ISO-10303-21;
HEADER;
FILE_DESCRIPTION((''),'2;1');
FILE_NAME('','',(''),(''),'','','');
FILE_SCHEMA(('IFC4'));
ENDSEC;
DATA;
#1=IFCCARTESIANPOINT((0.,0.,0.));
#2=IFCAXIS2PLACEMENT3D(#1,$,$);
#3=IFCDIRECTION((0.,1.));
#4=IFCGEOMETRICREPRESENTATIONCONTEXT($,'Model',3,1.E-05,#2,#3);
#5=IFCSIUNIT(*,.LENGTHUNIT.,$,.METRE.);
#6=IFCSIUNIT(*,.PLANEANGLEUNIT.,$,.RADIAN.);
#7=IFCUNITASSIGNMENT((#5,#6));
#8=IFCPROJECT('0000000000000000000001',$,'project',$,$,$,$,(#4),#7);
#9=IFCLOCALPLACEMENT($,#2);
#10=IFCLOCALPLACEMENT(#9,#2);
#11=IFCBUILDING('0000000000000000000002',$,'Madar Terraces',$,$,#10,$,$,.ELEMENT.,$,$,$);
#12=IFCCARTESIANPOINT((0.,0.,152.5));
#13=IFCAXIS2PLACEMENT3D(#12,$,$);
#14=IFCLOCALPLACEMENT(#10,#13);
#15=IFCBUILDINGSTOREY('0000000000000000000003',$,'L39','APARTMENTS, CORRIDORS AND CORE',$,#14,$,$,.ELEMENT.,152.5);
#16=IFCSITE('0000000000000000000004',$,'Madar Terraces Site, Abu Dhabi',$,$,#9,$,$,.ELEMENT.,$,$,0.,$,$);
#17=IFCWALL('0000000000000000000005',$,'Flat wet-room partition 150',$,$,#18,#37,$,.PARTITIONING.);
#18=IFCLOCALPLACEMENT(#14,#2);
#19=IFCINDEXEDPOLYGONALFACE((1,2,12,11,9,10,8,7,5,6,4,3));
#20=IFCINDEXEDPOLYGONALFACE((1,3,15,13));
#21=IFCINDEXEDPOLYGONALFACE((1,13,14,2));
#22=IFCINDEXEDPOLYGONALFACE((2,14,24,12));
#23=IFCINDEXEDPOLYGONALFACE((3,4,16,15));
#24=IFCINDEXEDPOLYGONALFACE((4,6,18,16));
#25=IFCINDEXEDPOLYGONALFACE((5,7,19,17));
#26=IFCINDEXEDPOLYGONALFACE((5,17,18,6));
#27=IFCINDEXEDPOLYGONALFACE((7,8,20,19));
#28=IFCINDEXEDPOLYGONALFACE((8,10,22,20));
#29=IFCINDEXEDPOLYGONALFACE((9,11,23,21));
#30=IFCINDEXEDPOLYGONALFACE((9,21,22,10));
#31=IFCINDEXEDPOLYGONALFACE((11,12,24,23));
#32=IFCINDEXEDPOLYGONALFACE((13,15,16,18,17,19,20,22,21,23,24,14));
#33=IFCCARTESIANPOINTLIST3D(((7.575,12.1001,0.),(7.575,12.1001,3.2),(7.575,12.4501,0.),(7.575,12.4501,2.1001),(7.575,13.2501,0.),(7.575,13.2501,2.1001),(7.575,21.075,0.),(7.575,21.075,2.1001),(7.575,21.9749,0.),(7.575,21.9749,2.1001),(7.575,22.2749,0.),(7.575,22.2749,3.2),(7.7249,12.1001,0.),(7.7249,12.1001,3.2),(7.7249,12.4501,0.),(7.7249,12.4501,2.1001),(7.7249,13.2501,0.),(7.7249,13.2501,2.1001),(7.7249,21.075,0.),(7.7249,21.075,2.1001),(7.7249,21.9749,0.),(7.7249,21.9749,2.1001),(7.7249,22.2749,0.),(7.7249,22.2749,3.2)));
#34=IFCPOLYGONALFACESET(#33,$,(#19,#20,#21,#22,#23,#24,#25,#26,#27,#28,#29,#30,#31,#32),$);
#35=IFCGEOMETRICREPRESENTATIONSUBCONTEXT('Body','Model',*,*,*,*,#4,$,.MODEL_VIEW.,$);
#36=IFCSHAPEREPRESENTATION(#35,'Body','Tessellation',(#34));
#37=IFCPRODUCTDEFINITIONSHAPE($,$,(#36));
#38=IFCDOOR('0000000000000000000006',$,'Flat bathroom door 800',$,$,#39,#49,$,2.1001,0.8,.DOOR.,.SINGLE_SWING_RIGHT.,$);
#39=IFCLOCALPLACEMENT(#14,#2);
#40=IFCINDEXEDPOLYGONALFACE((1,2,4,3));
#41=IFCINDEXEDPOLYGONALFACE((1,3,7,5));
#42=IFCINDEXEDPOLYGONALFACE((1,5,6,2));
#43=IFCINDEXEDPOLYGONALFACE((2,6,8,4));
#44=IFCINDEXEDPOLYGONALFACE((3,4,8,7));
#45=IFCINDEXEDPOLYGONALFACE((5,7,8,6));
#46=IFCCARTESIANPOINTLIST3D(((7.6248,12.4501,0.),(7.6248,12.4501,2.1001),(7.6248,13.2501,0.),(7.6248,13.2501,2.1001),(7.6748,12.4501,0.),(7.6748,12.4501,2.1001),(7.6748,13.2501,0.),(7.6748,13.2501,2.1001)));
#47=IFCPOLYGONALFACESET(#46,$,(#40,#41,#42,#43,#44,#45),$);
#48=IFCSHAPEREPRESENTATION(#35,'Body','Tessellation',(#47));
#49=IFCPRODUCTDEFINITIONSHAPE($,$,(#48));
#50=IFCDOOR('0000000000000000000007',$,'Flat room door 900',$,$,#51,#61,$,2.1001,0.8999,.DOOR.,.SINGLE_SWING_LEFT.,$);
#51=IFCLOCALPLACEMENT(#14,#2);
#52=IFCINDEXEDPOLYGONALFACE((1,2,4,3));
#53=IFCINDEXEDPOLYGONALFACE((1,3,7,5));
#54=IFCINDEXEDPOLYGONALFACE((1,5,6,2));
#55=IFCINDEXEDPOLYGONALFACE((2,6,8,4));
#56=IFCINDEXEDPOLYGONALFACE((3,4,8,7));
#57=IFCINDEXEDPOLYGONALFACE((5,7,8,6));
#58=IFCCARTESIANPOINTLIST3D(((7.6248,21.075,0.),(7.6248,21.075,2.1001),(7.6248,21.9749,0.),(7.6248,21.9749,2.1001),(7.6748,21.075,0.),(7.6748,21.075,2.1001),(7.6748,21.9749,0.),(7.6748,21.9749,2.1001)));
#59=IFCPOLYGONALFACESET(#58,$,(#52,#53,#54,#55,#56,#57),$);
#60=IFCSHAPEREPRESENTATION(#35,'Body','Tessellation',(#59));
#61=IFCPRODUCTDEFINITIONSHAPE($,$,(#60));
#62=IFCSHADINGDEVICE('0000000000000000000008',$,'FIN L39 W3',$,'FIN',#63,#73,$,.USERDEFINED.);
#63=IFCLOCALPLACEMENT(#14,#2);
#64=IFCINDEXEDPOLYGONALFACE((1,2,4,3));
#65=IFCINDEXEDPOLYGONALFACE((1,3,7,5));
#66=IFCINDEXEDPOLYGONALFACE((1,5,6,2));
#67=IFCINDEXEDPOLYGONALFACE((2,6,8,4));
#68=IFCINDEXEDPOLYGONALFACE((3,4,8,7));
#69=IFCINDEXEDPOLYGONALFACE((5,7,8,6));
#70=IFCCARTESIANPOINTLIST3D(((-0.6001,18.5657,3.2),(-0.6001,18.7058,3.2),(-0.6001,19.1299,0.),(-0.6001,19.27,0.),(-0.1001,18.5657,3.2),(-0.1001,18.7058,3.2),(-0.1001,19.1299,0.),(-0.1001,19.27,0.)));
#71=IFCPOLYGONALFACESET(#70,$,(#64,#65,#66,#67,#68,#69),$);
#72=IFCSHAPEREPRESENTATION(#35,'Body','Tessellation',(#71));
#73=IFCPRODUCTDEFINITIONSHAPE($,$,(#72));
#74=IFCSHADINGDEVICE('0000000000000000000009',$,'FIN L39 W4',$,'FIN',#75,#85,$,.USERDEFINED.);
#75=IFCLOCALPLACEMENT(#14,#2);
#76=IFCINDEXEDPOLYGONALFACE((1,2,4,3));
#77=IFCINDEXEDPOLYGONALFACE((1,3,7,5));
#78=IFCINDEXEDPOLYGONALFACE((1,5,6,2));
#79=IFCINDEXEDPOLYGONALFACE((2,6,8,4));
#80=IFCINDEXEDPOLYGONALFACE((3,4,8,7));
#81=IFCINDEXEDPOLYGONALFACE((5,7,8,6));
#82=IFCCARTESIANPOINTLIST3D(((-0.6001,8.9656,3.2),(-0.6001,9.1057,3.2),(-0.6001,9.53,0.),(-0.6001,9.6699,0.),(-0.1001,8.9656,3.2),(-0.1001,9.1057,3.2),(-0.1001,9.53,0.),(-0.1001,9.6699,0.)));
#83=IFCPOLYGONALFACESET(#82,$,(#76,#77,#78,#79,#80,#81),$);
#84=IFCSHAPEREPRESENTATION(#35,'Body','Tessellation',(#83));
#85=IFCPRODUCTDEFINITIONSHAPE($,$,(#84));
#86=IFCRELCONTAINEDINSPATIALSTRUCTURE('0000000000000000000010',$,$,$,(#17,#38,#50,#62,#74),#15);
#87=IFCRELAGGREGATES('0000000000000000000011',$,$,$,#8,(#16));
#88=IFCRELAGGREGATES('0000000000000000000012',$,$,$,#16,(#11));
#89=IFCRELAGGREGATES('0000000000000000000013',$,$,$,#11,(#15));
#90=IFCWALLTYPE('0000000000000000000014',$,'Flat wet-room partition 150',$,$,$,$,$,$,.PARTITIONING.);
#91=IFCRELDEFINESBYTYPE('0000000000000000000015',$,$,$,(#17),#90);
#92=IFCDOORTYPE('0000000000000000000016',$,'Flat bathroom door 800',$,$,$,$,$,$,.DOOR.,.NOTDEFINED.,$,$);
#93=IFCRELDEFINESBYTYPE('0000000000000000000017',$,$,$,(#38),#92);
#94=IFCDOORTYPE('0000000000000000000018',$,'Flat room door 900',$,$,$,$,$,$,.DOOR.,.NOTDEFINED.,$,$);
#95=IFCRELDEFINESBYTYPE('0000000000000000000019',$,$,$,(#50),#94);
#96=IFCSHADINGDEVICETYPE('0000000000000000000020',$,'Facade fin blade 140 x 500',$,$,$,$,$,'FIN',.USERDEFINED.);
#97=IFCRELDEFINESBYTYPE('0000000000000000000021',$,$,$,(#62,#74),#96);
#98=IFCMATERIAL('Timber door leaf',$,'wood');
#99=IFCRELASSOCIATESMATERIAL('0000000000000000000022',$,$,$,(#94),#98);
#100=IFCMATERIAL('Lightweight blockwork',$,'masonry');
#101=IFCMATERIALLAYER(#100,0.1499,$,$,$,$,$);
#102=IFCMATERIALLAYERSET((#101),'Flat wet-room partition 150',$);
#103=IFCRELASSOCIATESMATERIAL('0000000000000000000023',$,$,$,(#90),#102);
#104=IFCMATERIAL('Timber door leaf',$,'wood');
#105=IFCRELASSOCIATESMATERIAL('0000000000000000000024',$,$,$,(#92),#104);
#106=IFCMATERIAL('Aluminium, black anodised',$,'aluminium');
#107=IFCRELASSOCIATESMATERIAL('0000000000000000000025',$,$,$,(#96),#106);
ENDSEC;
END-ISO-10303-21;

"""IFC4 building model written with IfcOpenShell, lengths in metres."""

from ifc_helpers import new_model, si_unit, direction, frame, frame_2d, origin, place, context, subcontext, project, spatial, polyline, rectangle, outline, extrude, material, layer, layer_set, type_object, element, fill, save


model = new_model("IFC4")

# Units and contexts
model_context = context("Model", 3, precision=1e-05, world=origin(), true_north=direction((0.0, 1.0)))
body_context = subcontext(model_context, "Body", "Model", "MODEL_VIEW")
ifc_project = project(units=[si_unit("LENGTHUNIT", "METRE"), si_unit("PLANEANGLEUNIT", "RADIAN")], contexts=[model_context])

# Site, building, storey
site_placement = place(None, origin())
site = spatial("IfcSite", under=ifc_project, at=site_placement, Name="Madar Terraces Site, Abu Dhabi", CompositionType="ELEMENT", RefElevation=0.0)
building_placement = place(site_placement, origin())
building = spatial("IfcBuilding", under=site, at=building_placement, Name="Madar Terraces", CompositionType="ELEMENT")
storey_placement = place(building_placement, frame((0.0, 0.0, 152.5)))
storey = spatial("IfcBuildingStorey", under=building, at=storey_placement, Name="L39", Description="APARTMENTS, CORRIDORS AND CORE", CompositionType="ELEMENT", Elevation=152.5)

# Shared definitions
ifc_material_1 = material(Name="Timber door leaf", Category="wood")
door_type_1 = type_object("IfcDoorType", Name="Flat room door 900", OperationType="NOTDEFINED", PredefinedType="DOOR", material=ifc_material_1)

# Shared definitions
ifc_material_2 = material(Name="Lightweight blockwork", Category="masonry")
ifc_layer_1 = layer(ifc_material_2, 0.1499)
ifc_layer_set_1 = layer_set([ifc_layer_1], Name="Flat wet-room partition 150")
wall_type_1 = type_object("IfcWallType", Name="Flat wet-room partition 150", PredefinedType="PARTITIONING", material=ifc_layer_set_1)

# Shared definitions
ifc_material_3 = material(Name="Timber door leaf", Category="wood")
door_type_2 = type_object("IfcDoorType", Name="Flat bathroom door 800", OperationType="NOTDEFINED", PredefinedType="DOOR", material=ifc_material_3)

# Wall, openings, doors
wall_1_placement = place(storey_placement, frame((7.6499, 22.2749, 0.0), z_axis=(0.0, 0.0, 1.0), x_axis=(0.0, -1.0, 0.0)))
wall_1 = element("IfcWall", 1, at=wall_1_placement, inside=storey, type_object=wall_type_1, Name="Flat wet-room partition 150", PredefinedType="PARTITIONING", context=body_context, shape_type="SweptSolid", body=[
    extrude(rectangle(XDim=10.1748, YDim=0.1499, at=frame_2d((5.0874, 0.0))), origin(), (0.0, 0.0, 1.0), 3.2),
])
opening_1_placement = place(wall_1_placement, frame((0.3, 0.0, 0.0)))
opening_1 = element("IfcOpeningElement", 2, at=opening_1_placement, cuts=wall_1, PredefinedType="OPENING", context=body_context, shape_type="SweptSolid", body=[
    extrude(rectangle(XDim=0.8999, YDim=2.1001, at=frame_2d((0.45, 1.05))), frame((0.0, 0.085, 0.0), z_axis=(0.0, -1.0, 0.0), x_axis=(1.0, 0.0, 0.0)), (0.0, 0.0, 1.0), 0.1699),
])
opening_2_placement = place(wall_1_placement, frame((9.0249, 0.0, 0.0)))
opening_2 = element("IfcOpeningElement", 3, at=opening_2_placement, cuts=wall_1, PredefinedType="OPENING", context=body_context, shape_type="SweptSolid", body=[
    extrude(rectangle(XDim=0.8, YDim=2.1001, at=frame_2d((0.3999, 1.05))), frame((0.0, 0.085, 0.0), z_axis=(0.0, -1.0, 0.0), x_axis=(1.0, 0.0, 0.0)), (0.0, 0.0, 1.0), 0.1699),
])
door_1_placement = place(opening_2_placement, origin())
door_1 = element("IfcDoor", 4, at=door_1_placement, inside=storey, type_object=door_type_2, Name="Flat bathroom door 800", OperationType="SINGLE_SWING_RIGHT", OverallHeight=2.1001, OverallWidth=0.8, PredefinedType="DOOR", context=body_context, shape_type="SweptSolid", body=[
    extrude(rectangle(XDim=0.8, YDim=2.1001, at=frame_2d((0.3999, 1.05))), frame((0.0, 0.0249, 0.0), z_axis=(0.0, -1.0, 0.0), x_axis=(1.0, 0.0, 0.0)), (0.0, 0.0, 1.0), 0.05),
])
fill(opening_2, door_1)
door_2_placement = place(opening_1_placement, origin())
door_2 = element("IfcDoor", 5, at=door_2_placement, inside=storey, type_object=door_type_1, Name="Flat room door 900", OperationType="SINGLE_SWING_LEFT", OverallHeight=2.1001, OverallWidth=0.8999, PredefinedType="DOOR", context=body_context, shape_type="SweptSolid", body=[
    extrude(rectangle(XDim=0.8999, YDim=2.1001, at=frame_2d((0.45, 1.05))), frame((0.0, 0.0249, 0.0), z_axis=(0.0, -1.0, 0.0), x_axis=(1.0, 0.0, 0.0)), (0.0, 0.0, 1.0), 0.05),
])
fill(opening_1, door_2)

# Shading devices
ifc_material_4 = material(Name="Aluminium, black anodised", Category="aluminium")
shading_device_type = type_object("IfcShadingDeviceType", Name="Facade fin blade 140 x 500", ElementType="FIN", PredefinedType="USERDEFINED", material=ifc_material_4)
shading_device_1_placement = place(storey_placement, frame((-0.3501, 19.27, 0.0), z_axis=(0.0, 0.0, 1.0), x_axis=(0.0, -1.0, 0.0)))
element("IfcShadingDevice", 6, at=shading_device_1_placement, inside=storey, type_object=shading_device_type, Name="FIN L39 W3", ObjectType="FIN", PredefinedType="USERDEFINED", context=body_context, shape_type="SweptSolid", body=[
    extrude(outline(polyline([(0.0, 0.0), (0.1401, 0.0), (0.7043, 3.2), (0.5642, 3.2), (0.0, 0.0)])), frame((0.0, 0.25, 0.0), z_axis=(0.0, -1.0, 0.0), x_axis=(1.0, 0.0, 0.0)), (0.0, 0.0, 1.0), 0.5),
])
shading_device_2_placement = place(storey_placement, frame((-0.3501, 9.6699, 0.0), z_axis=(0.0, 0.0, 1.0), x_axis=(0.0, -1.0, 0.0)))
element("IfcShadingDevice", 7, at=shading_device_2_placement, inside=storey, type_object=shading_device_type, Name="FIN L39 W4", ObjectType="FIN", PredefinedType="USERDEFINED", context=body_context, shape_type="SweptSolid", body=[
    extrude(outline(polyline([(0.0, 0.0), (0.1399, 0.0), (0.7043, 3.2), (0.5642, 3.2), (0.0, 0.0)])), frame((0.0, 0.25, 0.0), z_axis=(0.0, -1.0, 0.0), x_axis=(1.0, 0.0, 0.0)), (0.0, 0.0, 1.0), 0.5),
])

save(model, "model.ifc")
